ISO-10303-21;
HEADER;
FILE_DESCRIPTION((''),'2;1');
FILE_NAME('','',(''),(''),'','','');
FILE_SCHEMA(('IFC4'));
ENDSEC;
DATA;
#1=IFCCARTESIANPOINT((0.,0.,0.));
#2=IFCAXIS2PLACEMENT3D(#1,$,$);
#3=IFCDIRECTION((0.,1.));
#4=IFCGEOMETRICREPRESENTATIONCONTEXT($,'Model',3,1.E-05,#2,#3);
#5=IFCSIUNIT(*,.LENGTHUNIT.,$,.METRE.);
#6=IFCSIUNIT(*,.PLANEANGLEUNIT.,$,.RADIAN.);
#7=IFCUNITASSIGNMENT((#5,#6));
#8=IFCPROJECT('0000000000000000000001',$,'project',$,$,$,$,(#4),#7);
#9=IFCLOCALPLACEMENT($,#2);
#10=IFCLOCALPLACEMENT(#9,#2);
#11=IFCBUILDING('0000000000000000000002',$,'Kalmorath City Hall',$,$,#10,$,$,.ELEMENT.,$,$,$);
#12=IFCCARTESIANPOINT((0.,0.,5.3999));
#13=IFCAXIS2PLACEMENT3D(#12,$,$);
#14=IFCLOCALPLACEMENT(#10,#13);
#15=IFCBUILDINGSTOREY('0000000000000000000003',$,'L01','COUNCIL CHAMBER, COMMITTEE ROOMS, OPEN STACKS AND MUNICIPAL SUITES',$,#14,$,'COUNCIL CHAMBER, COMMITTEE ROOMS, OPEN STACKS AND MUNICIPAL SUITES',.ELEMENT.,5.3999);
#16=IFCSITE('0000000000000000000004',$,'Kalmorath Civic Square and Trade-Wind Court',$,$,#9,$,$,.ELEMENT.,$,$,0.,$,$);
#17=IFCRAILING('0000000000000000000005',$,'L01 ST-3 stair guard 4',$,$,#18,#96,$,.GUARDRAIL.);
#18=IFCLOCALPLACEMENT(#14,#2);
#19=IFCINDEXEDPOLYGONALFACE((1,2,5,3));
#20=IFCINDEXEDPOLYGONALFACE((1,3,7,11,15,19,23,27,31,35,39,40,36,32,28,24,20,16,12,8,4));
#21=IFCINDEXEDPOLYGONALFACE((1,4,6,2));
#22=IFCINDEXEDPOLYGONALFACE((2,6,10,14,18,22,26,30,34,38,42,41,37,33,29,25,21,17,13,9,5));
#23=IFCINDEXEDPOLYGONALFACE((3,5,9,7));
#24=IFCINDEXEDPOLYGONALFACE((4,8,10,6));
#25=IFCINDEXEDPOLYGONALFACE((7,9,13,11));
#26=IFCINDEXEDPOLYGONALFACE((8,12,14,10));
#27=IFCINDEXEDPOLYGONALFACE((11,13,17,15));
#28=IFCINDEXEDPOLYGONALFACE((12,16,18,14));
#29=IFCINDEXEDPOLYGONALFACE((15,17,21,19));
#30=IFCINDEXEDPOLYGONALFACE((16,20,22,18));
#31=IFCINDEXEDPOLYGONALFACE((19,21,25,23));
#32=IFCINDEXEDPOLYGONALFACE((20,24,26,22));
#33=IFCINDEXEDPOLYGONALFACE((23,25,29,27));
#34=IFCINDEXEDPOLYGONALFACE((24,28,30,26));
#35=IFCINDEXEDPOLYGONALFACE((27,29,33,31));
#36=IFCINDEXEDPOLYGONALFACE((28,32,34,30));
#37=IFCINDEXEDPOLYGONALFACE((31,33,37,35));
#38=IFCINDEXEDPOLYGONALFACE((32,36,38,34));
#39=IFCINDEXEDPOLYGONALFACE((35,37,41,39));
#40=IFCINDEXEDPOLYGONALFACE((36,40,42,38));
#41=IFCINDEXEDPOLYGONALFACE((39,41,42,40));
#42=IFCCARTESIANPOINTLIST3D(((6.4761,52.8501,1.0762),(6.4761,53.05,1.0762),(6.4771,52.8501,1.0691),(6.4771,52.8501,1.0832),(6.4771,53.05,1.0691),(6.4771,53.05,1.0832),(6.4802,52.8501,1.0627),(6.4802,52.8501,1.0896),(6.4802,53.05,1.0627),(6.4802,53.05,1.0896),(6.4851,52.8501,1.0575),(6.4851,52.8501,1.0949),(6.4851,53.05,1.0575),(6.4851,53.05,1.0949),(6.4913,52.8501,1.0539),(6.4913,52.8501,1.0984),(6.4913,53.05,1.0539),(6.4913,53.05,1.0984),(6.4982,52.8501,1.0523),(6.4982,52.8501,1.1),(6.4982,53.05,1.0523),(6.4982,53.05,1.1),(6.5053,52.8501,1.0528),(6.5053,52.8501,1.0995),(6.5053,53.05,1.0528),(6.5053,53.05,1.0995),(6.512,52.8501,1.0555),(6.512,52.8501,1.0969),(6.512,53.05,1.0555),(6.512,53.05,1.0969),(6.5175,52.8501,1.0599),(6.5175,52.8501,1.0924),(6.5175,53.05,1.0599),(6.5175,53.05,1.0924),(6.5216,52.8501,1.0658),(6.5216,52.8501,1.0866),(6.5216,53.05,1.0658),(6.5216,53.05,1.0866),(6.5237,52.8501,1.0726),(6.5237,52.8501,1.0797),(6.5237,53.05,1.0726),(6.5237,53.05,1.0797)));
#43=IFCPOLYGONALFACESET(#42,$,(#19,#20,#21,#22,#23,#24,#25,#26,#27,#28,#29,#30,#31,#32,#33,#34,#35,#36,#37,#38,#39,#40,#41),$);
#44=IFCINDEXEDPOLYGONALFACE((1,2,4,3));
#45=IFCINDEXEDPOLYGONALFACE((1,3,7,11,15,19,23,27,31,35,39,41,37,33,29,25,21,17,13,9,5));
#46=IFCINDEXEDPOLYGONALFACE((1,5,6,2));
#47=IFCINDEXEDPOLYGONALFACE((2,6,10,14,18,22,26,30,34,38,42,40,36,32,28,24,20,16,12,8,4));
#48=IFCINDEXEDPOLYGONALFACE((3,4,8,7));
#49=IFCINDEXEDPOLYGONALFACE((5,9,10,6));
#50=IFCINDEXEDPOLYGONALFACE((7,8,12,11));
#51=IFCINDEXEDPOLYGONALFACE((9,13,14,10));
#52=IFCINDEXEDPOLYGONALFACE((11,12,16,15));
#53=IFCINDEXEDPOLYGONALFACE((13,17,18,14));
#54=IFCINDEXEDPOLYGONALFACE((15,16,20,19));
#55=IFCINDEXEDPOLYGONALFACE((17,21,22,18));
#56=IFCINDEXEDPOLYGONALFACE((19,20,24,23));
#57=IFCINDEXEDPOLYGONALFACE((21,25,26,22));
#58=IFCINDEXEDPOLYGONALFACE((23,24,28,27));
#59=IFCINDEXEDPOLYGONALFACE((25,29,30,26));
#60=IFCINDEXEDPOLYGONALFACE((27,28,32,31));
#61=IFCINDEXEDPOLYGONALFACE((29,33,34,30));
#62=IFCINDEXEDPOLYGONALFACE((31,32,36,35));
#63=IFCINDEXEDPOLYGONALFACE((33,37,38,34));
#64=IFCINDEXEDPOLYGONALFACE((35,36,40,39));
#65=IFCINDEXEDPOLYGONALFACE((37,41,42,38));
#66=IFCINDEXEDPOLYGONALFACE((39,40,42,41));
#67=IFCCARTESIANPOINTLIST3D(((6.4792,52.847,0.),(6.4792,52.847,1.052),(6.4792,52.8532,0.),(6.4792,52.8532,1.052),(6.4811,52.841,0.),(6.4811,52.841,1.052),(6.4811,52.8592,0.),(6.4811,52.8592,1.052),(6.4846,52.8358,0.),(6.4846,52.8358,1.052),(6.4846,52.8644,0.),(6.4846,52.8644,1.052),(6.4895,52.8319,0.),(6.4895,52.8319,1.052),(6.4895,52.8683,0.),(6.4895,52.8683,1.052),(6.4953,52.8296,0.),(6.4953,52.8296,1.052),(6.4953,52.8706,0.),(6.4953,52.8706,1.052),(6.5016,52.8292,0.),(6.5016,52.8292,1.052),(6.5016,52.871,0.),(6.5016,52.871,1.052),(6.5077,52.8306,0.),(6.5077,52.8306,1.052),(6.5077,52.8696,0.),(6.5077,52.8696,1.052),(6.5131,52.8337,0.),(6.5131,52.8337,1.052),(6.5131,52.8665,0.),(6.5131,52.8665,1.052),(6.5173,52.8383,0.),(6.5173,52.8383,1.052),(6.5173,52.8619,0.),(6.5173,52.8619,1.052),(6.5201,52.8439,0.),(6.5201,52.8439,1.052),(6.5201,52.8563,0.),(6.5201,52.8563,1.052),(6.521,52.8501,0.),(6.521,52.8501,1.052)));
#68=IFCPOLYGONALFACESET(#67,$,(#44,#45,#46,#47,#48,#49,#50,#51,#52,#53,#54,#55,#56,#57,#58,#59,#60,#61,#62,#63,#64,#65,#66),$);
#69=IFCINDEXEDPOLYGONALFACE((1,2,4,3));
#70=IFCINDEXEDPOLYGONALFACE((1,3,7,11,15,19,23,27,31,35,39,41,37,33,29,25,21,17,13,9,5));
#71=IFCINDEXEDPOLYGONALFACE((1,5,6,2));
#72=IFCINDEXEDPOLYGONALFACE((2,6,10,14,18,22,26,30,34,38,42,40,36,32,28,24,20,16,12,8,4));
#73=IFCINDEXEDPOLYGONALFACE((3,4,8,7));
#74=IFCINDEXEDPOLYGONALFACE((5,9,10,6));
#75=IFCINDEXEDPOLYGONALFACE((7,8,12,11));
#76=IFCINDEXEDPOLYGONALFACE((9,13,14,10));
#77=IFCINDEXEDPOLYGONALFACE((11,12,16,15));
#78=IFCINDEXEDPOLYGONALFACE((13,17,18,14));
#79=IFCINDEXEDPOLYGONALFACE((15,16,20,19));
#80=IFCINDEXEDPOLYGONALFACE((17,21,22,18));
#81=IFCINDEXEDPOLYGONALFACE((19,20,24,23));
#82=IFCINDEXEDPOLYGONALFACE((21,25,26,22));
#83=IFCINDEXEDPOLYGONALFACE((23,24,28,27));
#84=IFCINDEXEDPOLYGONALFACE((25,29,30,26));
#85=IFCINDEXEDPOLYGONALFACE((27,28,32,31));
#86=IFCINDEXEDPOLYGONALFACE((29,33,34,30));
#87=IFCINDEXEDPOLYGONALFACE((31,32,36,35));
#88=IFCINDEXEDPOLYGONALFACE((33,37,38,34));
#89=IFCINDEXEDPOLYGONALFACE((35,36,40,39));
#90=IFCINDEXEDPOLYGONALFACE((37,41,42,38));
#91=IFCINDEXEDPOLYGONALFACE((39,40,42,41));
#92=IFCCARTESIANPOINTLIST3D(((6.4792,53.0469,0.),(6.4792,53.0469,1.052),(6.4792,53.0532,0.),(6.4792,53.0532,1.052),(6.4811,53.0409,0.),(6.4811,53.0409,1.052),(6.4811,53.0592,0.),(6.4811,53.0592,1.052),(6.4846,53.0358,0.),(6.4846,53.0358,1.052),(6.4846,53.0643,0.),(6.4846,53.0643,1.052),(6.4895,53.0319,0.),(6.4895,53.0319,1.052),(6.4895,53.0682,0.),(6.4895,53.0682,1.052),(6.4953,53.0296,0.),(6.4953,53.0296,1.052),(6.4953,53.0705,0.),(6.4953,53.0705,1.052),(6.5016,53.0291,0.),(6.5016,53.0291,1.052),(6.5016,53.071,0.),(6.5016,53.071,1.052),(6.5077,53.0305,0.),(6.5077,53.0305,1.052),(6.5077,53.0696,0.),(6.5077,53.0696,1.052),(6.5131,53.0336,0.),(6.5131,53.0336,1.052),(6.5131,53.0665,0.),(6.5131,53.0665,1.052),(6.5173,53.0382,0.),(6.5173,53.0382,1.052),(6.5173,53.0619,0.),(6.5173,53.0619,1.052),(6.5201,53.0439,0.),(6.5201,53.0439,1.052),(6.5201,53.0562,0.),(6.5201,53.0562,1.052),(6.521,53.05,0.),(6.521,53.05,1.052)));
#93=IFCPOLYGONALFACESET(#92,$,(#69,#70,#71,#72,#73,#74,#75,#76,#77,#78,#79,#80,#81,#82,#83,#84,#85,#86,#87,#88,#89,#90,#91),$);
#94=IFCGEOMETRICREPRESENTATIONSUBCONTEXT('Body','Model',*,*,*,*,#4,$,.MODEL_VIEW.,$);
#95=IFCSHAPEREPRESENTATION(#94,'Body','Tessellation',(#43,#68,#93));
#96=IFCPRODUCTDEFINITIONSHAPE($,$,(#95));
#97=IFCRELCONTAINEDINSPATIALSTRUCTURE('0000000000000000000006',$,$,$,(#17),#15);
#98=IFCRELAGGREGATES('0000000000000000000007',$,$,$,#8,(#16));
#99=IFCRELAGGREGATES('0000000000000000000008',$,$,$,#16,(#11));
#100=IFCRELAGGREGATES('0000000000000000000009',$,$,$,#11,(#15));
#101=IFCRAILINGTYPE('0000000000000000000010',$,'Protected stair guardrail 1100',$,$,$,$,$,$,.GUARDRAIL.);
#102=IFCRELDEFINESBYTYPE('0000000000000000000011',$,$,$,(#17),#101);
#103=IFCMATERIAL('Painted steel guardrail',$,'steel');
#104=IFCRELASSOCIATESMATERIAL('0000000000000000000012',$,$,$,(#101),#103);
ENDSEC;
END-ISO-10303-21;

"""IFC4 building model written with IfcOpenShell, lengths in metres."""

from ifc_helpers import new_model, si_unit, direction, frame, origin, origin_2d, place, context, subcontext, project, spatial, circle, extrude, material, type_object, element, save


model = new_model("IFC4")

# Units and contexts
model_context = context("Model", 3, precision=1e-05, world=origin(), true_north=direction((0.0, 1.0)))
body_context = subcontext(model_context, "Body", "Model", "MODEL_VIEW")
ifc_project = project(units=[si_unit("LENGTHUNIT", "METRE"), si_unit("PLANEANGLEUNIT", "RADIAN")], contexts=[model_context])

# Site, building, storey
site_placement = place(None, origin())
site = spatial("IfcSite", under=ifc_project, at=site_placement, Name="Kalmorath Civic Square and Trade-Wind Court", CompositionType="ELEMENT", RefElevation=0.0)
building_placement = place(site_placement, origin())
building = spatial("IfcBuilding", under=site, at=building_placement, Name="Kalmorath City Hall", CompositionType="ELEMENT")
storey_placement = place(building_placement, frame((0.0, 0.0, 5.3999)))
storey = spatial("IfcBuildingStorey", under=building, at=storey_placement, Name="L01", Description="COUNCIL CHAMBER, COMMITTEE ROOMS, OPEN STACKS AND MUNICIPAL SUITES", LongName="COUNCIL CHAMBER, COMMITTEE ROOMS, OPEN STACKS AND MUNICIPAL SUITES", CompositionType="ELEMENT", Elevation=5.3999)

# Railing
ifc_material_1 = material(Name="Painted steel guardrail", Category="steel")
railing_type_1 = type_object("IfcRailingType", Name="Protected stair guardrail 1100", PredefinedType="GUARDRAIL", material=ifc_material_1)
railing_1_placement = place(storey_placement, frame((6.5, 52.8501, 0.0)))
element("IfcRailing", 1, at=railing_1_placement, inside=storey, type_object=railing_type_1, Name="L01 ST-3 stair guard 4", PredefinedType="GUARDRAIL", context=body_context, shape_type="SweptSolid", body=[
    extrude(circle(Radius=0.0239, at=origin_2d()), frame((0.0, 0.0, 1.0762), z_axis=(0.0, 1.0, 0.0), x_axis=(-1.0, 0.0, 0.0)), (0.0, 0.0, 1.0), 0.2),
    extrude(circle(Radius=0.021, at=origin_2d()), origin(), (0.0, 0.0, 1.0), 1.052),
    extrude(circle(Radius=0.021, at=origin_2d()), frame((0.0, 0.2, 0.0)), (0.0, 0.0, 1.0), 1.052),
])

save(model, "model.ifc")
